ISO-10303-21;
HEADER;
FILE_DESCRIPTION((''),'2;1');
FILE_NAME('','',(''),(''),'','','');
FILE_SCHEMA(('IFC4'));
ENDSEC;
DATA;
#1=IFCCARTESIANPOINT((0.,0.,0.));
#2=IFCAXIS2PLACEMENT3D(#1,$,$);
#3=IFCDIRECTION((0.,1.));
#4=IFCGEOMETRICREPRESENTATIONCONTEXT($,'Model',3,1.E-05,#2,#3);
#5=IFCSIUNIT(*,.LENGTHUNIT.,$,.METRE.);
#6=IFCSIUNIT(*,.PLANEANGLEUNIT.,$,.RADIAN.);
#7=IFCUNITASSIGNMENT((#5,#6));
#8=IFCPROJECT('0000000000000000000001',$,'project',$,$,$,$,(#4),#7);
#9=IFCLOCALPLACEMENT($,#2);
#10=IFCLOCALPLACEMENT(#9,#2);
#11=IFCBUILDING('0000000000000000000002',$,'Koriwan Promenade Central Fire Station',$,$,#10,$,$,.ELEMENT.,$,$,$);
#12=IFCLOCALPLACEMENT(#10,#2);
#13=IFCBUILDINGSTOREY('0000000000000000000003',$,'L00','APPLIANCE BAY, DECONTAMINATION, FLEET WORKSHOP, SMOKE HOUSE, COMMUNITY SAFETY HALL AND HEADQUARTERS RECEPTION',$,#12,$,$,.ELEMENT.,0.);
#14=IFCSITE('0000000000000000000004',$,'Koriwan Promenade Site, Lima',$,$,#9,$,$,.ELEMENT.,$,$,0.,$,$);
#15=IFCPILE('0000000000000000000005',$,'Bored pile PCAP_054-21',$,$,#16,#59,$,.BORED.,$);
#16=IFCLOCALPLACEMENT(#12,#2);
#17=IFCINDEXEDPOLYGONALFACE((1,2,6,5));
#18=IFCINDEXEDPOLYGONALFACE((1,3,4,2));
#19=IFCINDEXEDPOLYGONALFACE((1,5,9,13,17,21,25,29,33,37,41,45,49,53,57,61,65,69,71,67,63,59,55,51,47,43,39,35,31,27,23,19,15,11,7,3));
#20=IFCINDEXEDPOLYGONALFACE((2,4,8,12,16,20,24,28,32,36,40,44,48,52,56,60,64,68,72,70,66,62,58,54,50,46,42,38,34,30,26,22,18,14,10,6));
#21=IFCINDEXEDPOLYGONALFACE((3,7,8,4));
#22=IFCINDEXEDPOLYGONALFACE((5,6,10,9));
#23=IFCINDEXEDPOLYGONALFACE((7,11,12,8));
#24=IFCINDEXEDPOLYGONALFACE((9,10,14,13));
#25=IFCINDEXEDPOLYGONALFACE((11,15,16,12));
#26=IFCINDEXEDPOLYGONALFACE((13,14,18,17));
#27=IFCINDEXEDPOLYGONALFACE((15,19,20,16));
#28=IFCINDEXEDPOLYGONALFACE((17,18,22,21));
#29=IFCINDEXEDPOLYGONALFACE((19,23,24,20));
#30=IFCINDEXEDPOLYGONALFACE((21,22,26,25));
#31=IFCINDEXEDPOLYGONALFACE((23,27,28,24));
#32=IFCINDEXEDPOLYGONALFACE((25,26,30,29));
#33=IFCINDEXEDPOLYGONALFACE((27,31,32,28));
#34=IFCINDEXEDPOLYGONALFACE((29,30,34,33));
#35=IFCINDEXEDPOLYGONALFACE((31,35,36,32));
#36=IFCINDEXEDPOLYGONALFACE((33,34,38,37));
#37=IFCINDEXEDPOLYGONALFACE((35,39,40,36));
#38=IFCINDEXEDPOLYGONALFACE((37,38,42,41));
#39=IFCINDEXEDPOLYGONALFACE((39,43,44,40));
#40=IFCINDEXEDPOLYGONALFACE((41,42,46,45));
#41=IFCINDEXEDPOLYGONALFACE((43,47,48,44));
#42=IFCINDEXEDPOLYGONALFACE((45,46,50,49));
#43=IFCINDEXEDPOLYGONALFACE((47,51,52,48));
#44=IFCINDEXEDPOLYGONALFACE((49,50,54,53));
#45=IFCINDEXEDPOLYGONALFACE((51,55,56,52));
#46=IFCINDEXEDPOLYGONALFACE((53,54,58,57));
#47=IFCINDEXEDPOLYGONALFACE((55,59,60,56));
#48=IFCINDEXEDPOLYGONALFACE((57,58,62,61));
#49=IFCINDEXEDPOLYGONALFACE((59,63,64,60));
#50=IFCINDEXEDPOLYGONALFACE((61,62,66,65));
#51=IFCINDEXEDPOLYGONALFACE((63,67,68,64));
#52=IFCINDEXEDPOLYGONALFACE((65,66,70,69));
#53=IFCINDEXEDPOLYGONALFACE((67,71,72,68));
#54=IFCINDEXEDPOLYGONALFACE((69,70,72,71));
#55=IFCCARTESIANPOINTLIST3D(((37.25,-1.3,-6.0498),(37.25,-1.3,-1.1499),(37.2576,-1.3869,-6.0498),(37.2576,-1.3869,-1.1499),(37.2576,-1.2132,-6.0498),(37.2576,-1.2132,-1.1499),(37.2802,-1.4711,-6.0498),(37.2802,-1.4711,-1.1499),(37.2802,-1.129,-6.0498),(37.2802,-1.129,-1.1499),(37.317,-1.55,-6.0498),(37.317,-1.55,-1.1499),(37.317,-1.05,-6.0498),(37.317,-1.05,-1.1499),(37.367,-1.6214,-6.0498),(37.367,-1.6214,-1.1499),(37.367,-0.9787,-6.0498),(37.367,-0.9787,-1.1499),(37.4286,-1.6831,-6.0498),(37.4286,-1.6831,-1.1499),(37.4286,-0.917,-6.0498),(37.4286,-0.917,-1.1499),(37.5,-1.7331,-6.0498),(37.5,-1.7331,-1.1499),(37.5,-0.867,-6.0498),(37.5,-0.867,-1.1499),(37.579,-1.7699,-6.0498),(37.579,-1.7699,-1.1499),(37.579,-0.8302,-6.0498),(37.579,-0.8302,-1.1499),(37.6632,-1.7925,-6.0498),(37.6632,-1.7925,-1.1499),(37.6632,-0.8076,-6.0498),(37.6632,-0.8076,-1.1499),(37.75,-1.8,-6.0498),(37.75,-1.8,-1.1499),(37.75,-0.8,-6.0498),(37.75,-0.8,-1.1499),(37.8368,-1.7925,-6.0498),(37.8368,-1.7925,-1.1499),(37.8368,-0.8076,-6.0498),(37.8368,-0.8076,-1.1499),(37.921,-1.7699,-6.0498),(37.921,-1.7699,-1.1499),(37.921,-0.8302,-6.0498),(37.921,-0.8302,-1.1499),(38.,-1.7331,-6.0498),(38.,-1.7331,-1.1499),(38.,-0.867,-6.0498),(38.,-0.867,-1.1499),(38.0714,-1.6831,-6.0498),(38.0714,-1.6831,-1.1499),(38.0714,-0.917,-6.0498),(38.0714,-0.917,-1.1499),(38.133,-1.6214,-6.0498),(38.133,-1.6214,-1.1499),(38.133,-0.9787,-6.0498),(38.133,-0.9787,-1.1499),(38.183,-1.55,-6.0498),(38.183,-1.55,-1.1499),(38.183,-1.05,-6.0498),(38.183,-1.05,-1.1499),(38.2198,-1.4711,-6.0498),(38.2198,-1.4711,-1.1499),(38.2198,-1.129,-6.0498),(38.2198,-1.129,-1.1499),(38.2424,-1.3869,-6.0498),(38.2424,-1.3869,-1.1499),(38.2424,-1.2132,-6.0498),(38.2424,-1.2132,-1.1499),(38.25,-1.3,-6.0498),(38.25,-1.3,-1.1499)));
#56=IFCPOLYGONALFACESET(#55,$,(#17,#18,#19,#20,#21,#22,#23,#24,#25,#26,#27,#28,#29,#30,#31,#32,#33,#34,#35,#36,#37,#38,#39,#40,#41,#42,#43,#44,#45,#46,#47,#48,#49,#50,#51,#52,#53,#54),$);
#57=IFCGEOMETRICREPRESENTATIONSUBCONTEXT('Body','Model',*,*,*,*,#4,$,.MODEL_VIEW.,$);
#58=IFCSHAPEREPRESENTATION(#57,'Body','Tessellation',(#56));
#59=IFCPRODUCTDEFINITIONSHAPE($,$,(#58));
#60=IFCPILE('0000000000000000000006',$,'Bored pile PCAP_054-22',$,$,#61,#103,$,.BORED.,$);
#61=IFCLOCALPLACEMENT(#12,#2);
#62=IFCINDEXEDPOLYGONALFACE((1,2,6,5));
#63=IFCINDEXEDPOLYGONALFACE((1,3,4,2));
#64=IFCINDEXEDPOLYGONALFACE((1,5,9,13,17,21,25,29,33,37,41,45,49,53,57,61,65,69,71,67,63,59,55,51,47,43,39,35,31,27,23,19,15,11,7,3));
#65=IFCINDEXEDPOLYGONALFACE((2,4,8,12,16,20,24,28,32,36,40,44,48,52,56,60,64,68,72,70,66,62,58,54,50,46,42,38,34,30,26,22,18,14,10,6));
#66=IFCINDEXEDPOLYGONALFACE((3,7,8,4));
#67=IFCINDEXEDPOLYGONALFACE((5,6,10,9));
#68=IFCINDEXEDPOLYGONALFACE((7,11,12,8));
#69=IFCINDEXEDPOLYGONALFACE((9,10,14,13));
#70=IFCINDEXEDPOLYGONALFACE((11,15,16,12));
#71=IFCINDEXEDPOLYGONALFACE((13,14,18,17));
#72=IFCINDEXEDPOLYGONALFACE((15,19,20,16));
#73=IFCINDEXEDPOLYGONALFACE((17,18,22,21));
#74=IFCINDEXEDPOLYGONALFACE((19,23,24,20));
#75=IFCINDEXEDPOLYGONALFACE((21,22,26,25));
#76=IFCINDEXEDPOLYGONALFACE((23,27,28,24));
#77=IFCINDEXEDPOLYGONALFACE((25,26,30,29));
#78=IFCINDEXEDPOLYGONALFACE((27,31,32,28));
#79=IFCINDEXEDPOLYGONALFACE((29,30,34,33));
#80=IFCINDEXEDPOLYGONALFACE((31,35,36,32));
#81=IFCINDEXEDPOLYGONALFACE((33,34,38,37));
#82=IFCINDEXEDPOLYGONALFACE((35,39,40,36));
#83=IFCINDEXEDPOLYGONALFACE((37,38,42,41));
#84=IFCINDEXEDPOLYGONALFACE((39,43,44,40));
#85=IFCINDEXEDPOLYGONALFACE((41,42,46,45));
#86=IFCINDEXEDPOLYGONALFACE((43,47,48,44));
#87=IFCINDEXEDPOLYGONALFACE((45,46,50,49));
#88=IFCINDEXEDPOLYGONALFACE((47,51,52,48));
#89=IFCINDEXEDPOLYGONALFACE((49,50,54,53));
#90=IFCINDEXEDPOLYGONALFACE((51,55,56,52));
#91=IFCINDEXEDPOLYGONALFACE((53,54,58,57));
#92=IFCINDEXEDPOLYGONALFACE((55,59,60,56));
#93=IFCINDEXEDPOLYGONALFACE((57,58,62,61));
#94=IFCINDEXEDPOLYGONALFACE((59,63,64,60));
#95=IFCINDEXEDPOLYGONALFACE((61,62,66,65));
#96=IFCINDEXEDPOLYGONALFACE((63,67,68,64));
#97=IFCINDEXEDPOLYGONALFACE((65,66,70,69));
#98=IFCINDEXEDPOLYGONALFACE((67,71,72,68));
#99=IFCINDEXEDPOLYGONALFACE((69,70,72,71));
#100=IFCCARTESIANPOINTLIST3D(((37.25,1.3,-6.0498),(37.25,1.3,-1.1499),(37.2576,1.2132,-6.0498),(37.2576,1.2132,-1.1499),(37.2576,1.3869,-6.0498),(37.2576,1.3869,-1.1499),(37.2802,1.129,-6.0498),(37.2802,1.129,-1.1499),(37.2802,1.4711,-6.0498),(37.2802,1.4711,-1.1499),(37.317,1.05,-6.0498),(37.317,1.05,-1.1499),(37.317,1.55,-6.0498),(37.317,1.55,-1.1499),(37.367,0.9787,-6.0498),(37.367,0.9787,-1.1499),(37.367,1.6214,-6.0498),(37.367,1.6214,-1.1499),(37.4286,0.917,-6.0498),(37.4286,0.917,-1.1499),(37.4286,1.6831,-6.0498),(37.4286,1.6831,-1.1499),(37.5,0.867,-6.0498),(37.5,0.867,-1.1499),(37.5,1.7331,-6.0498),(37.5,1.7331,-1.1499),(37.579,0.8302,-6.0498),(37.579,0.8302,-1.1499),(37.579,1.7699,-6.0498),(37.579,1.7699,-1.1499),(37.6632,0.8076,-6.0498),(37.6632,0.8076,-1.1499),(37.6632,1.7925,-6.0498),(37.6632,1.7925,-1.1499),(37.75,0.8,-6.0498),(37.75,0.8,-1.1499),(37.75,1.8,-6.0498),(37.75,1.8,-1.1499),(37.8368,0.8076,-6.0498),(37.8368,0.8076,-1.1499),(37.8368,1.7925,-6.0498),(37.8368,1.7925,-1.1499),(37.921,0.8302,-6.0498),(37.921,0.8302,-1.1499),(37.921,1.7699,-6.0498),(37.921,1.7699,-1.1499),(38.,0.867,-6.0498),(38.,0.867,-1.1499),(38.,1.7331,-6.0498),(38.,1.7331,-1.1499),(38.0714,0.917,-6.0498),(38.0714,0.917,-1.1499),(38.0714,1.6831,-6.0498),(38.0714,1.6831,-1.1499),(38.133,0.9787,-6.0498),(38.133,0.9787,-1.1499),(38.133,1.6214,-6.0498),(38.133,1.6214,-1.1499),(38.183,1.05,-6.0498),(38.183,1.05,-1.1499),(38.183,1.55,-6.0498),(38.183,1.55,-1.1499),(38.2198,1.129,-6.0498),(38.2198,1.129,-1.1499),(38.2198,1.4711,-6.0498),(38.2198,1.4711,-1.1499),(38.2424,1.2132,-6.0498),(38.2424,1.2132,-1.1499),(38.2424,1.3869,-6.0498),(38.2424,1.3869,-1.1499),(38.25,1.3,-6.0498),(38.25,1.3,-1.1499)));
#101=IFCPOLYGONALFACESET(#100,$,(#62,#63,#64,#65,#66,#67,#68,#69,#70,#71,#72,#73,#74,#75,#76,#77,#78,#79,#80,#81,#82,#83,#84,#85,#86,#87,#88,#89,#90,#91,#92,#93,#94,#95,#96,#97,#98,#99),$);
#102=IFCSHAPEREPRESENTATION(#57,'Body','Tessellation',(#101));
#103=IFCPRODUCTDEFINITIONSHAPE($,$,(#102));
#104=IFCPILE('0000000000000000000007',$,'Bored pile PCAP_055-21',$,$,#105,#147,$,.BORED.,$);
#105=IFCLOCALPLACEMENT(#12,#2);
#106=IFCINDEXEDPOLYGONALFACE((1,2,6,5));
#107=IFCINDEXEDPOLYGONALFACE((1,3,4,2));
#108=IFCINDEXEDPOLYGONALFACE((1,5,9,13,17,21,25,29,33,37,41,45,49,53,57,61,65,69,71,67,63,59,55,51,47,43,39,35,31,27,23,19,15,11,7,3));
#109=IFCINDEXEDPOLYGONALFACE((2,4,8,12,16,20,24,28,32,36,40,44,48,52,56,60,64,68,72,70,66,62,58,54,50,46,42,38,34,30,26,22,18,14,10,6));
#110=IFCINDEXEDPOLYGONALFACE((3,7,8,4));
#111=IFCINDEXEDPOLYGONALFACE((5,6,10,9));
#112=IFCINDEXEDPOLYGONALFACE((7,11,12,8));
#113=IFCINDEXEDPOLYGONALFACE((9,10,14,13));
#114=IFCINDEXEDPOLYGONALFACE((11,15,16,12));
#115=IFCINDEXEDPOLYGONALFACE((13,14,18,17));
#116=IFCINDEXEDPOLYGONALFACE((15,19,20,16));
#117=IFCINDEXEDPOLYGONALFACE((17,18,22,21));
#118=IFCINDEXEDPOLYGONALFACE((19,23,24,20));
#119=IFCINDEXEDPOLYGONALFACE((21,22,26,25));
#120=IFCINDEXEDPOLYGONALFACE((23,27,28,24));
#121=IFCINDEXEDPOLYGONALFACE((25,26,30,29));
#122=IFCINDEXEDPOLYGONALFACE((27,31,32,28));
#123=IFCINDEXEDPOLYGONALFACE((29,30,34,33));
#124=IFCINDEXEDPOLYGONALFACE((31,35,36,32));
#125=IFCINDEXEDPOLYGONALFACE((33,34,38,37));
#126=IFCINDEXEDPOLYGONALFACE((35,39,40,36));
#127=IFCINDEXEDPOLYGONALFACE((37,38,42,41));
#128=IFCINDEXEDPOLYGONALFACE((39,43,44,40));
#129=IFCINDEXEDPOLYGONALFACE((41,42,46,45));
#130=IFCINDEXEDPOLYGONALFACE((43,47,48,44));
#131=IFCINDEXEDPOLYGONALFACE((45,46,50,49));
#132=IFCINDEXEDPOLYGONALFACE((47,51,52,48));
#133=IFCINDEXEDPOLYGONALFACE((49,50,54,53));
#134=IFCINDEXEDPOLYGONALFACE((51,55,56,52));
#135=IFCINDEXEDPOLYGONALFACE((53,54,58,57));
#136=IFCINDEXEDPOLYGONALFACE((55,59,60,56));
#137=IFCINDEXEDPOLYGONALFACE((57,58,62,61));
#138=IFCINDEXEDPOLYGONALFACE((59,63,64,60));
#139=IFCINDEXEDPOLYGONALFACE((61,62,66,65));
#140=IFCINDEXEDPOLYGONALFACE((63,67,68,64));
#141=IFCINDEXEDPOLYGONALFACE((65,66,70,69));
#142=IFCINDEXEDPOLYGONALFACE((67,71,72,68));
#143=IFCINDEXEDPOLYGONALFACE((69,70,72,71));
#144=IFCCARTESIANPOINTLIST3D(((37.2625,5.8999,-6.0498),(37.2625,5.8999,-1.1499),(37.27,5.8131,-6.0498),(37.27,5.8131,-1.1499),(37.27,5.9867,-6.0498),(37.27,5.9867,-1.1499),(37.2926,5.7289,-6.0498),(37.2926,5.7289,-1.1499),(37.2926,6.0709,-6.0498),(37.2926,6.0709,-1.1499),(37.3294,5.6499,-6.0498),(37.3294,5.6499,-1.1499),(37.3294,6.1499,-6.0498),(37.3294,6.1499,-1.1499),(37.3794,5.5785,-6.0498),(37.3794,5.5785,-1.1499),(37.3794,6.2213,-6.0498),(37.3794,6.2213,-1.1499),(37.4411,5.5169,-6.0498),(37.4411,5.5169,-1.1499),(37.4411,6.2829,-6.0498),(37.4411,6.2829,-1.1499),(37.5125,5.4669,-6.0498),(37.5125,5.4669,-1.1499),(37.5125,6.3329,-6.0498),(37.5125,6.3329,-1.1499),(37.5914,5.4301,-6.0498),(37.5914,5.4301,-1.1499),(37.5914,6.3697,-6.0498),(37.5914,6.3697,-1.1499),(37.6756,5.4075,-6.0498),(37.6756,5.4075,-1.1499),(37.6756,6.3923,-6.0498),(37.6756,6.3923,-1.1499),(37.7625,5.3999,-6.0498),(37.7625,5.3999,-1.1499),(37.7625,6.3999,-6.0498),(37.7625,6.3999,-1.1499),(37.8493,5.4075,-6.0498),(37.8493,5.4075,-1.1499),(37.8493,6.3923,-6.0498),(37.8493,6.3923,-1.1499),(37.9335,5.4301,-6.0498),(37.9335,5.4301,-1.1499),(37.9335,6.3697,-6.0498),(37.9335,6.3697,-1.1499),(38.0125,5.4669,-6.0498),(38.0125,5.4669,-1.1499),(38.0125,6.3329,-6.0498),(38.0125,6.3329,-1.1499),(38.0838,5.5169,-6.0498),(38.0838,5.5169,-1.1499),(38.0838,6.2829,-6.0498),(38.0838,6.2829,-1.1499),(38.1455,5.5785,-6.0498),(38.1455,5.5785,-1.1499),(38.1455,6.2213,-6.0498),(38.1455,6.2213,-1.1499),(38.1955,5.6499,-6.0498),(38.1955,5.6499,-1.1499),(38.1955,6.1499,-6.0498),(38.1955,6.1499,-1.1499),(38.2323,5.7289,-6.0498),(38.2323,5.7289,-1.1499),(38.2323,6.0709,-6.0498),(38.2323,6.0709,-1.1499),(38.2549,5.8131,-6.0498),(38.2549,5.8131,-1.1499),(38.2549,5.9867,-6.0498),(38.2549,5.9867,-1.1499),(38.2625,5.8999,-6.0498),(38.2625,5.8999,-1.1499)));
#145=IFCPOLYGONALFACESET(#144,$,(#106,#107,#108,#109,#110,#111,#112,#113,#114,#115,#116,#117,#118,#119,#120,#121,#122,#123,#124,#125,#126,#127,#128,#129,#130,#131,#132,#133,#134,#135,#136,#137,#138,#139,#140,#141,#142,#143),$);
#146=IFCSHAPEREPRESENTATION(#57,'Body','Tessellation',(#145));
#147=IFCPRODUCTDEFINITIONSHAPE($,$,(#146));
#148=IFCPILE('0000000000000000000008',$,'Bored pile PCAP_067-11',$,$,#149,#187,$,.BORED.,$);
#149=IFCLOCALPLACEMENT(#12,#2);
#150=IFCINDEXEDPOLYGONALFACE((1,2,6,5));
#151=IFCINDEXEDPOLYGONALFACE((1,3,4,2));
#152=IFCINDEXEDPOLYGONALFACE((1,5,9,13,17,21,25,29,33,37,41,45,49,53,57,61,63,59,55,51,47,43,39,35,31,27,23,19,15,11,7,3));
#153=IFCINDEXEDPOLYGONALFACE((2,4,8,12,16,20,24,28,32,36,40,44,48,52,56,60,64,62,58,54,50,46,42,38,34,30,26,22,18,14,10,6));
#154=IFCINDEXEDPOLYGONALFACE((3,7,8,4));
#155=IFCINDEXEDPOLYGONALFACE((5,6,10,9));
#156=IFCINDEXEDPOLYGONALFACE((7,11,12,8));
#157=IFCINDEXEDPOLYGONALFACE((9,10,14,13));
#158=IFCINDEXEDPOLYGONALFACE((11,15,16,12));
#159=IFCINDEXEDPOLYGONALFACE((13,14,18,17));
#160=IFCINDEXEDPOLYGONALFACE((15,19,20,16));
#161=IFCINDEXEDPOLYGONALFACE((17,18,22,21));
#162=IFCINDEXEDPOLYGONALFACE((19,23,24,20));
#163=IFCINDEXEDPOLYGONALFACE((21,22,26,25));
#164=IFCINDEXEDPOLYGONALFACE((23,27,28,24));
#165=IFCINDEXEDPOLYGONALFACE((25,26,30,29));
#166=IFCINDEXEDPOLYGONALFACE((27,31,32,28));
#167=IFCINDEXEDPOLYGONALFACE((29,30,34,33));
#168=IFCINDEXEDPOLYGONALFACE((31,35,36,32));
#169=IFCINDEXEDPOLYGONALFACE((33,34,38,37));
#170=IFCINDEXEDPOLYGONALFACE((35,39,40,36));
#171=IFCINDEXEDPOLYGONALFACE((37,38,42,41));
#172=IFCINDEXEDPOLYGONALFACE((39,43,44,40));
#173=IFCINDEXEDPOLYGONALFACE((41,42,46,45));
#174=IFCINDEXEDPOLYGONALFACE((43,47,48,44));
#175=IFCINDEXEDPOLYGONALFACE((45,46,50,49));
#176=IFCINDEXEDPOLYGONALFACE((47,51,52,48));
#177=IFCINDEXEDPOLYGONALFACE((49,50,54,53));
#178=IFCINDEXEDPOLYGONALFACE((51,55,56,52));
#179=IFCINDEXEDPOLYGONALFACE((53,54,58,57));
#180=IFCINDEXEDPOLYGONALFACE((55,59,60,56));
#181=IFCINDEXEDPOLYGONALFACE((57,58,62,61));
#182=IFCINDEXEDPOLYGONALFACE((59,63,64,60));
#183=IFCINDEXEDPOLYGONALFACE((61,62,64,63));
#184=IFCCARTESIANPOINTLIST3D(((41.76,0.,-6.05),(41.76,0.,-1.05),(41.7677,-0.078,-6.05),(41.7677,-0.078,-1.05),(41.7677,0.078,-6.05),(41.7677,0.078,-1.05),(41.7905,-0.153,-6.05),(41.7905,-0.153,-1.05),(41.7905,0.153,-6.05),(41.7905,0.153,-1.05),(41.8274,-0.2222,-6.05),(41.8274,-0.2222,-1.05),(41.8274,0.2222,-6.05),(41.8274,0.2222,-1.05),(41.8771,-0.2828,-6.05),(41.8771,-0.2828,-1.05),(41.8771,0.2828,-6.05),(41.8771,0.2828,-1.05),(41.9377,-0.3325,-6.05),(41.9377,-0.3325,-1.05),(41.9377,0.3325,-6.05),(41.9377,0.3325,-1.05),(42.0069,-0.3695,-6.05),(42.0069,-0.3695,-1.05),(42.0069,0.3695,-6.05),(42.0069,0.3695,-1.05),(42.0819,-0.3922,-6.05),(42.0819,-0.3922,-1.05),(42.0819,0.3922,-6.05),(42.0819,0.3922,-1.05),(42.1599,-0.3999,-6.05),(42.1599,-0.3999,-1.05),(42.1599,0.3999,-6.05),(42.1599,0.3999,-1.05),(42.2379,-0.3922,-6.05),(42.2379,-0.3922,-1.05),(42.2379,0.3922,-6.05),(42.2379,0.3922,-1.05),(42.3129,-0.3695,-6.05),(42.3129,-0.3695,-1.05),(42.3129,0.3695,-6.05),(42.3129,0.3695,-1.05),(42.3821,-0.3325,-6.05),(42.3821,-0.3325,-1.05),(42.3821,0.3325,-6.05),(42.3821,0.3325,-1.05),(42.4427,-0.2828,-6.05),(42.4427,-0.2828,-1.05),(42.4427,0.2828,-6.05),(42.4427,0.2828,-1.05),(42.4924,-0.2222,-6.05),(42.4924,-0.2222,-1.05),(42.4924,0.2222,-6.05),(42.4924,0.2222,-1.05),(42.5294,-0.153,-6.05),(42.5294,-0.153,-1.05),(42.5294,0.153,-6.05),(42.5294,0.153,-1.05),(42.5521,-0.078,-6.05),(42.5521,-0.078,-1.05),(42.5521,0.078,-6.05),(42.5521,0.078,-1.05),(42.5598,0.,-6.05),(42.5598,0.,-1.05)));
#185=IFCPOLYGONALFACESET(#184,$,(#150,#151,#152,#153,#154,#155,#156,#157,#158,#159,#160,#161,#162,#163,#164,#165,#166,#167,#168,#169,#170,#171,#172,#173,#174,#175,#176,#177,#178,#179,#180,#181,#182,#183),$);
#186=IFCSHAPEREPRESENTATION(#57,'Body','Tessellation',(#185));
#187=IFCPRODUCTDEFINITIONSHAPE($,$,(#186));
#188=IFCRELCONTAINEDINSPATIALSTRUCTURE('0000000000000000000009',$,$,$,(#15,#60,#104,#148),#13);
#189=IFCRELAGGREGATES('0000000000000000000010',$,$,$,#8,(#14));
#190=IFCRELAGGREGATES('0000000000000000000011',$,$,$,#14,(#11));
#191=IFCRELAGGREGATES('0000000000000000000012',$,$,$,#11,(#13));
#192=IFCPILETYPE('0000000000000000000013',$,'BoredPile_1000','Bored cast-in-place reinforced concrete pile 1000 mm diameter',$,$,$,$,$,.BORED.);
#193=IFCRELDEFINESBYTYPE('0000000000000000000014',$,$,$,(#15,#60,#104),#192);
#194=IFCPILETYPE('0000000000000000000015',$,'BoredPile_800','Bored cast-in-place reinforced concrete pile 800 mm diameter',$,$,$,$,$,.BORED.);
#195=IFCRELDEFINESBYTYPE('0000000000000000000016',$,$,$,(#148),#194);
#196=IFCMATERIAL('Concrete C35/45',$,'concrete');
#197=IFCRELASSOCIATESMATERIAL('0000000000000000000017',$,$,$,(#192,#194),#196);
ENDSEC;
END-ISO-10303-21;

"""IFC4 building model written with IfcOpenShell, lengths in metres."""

from ifc_helpers import new_model, si_unit, direction, frame, origin, origin_2d, place, context, subcontext, project, spatial, circle, extrude, material, material_profile, profile_set, type_object, element, save


model = new_model("IFC4")

# Units and contexts
model_context = context("Model", 3, precision=1e-05, world=origin(), true_north=direction((0.0, 1.0)))
body_context = subcontext(model_context, "Body", "Model", "MODEL_VIEW")
ifc_project = project(units=[si_unit("LENGTHUNIT", "METRE"), si_unit("PLANEANGLEUNIT", "RADIAN")], contexts=[model_context])

# Site, building, storey
site_placement = place(None, origin())
site = spatial("IfcSite", under=ifc_project, at=site_placement, Name="Koriwan Promenade Site, Lima", CompositionType="ELEMENT", RefElevation=0.0)
building_placement = place(site_placement, origin())
building = spatial("IfcBuilding", under=site, at=building_placement, Name="Koriwan Promenade Central Fire Station", CompositionType="ELEMENT")
storey_placement = place(building_placement, origin())
storey = spatial("IfcBuildingStorey", under=building, at=storey_placement, Name="L00", Description="APPLIANCE BAY, DECONTAMINATION, FLEET WORKSHOP, SMOKE HOUSE, COMMUNITY SAFETY HALL AND HEADQUARTERS RECEPTION", CompositionType="ELEMENT", Elevation=0.0)

# Piles
ifc_material_1 = material(Name="Concrete C35/45", Category="concrete")
ifc_material_profile_1 = material_profile(ifc_material_1, circle(Radius=0.5, at=origin_2d()), Name="PILE-D1000")
ifc_profile_set_1 = profile_set([ifc_material_profile_1], Name="Concrete C35/45")
pile_type_1 = type_object("IfcPileType", Name="BoredPile_1000", Description="Bored cast-in-place reinforced concrete pile 1000 mm diameter", PredefinedType="BORED", material=ifc_profile_set_1)
for number, where, z_axis, x_axis, name in (
    (1, (37.75, -1.3, -1.1499), (0.0, 0.0, -1.0), (1.0, 0.0, 0.0), "Bored pile PCAP_054-21"),
    (2, (37.75, 1.3, -1.1499), (0.0, 0.0, -1.0), (1.0, 0.0, 0.0), "Bored pile PCAP_054-22"),
    (3, (37.7625, 5.8999, -1.1499), (0.0, 0.0, -1.0), (1.0, 0.0, 0.0), "Bored pile PCAP_055-21"),
):
    element("IfcPile", number, at=place(storey_placement, frame(where, z_axis=z_axis, x_axis=x_axis)), inside=storey, type_object=pile_type_1, Name=name, PredefinedType="BORED", context=body_context, shape_type="SweptSolid", body=[
        extrude(circle(Radius=0.5, at=origin_2d()), origin(), (0.0, 0.0, 1.0), 4.8999),
    ])
ifc_material_profile_2 = material_profile(ifc_material_1, circle(Radius=0.3999, at=origin_2d()), Name="PILE-D800")
ifc_profile_set_2 = profile_set([ifc_material_profile_2], Name="Concrete C35/45")
pile_type_2 = type_object("IfcPileType", Name="BoredPile_800", Description="Bored cast-in-place reinforced concrete pile 800 mm diameter", PredefinedType="BORED", material=ifc_profile_set_2)
for number, where, z_axis, x_axis, name in (
    (4, (42.1599, 0.0, -1.05), (0.0, 0.0, -1.0), (1.0, 0.0, 0.0), "Bored pile PCAP_067-11"),
):
    element("IfcPile", number, at=place(storey_placement, frame(where, z_axis=z_axis, x_axis=x_axis)), inside=storey, type_object=pile_type_2, Name=name, PredefinedType="BORED", context=body_context, shape_type="SweptSolid", body=[
        extrude(circle(Radius=0.3999, at=origin_2d()), origin(), (0.0, 0.0, 1.0), 5.0),
    ])

save(model, "model.ifc")
